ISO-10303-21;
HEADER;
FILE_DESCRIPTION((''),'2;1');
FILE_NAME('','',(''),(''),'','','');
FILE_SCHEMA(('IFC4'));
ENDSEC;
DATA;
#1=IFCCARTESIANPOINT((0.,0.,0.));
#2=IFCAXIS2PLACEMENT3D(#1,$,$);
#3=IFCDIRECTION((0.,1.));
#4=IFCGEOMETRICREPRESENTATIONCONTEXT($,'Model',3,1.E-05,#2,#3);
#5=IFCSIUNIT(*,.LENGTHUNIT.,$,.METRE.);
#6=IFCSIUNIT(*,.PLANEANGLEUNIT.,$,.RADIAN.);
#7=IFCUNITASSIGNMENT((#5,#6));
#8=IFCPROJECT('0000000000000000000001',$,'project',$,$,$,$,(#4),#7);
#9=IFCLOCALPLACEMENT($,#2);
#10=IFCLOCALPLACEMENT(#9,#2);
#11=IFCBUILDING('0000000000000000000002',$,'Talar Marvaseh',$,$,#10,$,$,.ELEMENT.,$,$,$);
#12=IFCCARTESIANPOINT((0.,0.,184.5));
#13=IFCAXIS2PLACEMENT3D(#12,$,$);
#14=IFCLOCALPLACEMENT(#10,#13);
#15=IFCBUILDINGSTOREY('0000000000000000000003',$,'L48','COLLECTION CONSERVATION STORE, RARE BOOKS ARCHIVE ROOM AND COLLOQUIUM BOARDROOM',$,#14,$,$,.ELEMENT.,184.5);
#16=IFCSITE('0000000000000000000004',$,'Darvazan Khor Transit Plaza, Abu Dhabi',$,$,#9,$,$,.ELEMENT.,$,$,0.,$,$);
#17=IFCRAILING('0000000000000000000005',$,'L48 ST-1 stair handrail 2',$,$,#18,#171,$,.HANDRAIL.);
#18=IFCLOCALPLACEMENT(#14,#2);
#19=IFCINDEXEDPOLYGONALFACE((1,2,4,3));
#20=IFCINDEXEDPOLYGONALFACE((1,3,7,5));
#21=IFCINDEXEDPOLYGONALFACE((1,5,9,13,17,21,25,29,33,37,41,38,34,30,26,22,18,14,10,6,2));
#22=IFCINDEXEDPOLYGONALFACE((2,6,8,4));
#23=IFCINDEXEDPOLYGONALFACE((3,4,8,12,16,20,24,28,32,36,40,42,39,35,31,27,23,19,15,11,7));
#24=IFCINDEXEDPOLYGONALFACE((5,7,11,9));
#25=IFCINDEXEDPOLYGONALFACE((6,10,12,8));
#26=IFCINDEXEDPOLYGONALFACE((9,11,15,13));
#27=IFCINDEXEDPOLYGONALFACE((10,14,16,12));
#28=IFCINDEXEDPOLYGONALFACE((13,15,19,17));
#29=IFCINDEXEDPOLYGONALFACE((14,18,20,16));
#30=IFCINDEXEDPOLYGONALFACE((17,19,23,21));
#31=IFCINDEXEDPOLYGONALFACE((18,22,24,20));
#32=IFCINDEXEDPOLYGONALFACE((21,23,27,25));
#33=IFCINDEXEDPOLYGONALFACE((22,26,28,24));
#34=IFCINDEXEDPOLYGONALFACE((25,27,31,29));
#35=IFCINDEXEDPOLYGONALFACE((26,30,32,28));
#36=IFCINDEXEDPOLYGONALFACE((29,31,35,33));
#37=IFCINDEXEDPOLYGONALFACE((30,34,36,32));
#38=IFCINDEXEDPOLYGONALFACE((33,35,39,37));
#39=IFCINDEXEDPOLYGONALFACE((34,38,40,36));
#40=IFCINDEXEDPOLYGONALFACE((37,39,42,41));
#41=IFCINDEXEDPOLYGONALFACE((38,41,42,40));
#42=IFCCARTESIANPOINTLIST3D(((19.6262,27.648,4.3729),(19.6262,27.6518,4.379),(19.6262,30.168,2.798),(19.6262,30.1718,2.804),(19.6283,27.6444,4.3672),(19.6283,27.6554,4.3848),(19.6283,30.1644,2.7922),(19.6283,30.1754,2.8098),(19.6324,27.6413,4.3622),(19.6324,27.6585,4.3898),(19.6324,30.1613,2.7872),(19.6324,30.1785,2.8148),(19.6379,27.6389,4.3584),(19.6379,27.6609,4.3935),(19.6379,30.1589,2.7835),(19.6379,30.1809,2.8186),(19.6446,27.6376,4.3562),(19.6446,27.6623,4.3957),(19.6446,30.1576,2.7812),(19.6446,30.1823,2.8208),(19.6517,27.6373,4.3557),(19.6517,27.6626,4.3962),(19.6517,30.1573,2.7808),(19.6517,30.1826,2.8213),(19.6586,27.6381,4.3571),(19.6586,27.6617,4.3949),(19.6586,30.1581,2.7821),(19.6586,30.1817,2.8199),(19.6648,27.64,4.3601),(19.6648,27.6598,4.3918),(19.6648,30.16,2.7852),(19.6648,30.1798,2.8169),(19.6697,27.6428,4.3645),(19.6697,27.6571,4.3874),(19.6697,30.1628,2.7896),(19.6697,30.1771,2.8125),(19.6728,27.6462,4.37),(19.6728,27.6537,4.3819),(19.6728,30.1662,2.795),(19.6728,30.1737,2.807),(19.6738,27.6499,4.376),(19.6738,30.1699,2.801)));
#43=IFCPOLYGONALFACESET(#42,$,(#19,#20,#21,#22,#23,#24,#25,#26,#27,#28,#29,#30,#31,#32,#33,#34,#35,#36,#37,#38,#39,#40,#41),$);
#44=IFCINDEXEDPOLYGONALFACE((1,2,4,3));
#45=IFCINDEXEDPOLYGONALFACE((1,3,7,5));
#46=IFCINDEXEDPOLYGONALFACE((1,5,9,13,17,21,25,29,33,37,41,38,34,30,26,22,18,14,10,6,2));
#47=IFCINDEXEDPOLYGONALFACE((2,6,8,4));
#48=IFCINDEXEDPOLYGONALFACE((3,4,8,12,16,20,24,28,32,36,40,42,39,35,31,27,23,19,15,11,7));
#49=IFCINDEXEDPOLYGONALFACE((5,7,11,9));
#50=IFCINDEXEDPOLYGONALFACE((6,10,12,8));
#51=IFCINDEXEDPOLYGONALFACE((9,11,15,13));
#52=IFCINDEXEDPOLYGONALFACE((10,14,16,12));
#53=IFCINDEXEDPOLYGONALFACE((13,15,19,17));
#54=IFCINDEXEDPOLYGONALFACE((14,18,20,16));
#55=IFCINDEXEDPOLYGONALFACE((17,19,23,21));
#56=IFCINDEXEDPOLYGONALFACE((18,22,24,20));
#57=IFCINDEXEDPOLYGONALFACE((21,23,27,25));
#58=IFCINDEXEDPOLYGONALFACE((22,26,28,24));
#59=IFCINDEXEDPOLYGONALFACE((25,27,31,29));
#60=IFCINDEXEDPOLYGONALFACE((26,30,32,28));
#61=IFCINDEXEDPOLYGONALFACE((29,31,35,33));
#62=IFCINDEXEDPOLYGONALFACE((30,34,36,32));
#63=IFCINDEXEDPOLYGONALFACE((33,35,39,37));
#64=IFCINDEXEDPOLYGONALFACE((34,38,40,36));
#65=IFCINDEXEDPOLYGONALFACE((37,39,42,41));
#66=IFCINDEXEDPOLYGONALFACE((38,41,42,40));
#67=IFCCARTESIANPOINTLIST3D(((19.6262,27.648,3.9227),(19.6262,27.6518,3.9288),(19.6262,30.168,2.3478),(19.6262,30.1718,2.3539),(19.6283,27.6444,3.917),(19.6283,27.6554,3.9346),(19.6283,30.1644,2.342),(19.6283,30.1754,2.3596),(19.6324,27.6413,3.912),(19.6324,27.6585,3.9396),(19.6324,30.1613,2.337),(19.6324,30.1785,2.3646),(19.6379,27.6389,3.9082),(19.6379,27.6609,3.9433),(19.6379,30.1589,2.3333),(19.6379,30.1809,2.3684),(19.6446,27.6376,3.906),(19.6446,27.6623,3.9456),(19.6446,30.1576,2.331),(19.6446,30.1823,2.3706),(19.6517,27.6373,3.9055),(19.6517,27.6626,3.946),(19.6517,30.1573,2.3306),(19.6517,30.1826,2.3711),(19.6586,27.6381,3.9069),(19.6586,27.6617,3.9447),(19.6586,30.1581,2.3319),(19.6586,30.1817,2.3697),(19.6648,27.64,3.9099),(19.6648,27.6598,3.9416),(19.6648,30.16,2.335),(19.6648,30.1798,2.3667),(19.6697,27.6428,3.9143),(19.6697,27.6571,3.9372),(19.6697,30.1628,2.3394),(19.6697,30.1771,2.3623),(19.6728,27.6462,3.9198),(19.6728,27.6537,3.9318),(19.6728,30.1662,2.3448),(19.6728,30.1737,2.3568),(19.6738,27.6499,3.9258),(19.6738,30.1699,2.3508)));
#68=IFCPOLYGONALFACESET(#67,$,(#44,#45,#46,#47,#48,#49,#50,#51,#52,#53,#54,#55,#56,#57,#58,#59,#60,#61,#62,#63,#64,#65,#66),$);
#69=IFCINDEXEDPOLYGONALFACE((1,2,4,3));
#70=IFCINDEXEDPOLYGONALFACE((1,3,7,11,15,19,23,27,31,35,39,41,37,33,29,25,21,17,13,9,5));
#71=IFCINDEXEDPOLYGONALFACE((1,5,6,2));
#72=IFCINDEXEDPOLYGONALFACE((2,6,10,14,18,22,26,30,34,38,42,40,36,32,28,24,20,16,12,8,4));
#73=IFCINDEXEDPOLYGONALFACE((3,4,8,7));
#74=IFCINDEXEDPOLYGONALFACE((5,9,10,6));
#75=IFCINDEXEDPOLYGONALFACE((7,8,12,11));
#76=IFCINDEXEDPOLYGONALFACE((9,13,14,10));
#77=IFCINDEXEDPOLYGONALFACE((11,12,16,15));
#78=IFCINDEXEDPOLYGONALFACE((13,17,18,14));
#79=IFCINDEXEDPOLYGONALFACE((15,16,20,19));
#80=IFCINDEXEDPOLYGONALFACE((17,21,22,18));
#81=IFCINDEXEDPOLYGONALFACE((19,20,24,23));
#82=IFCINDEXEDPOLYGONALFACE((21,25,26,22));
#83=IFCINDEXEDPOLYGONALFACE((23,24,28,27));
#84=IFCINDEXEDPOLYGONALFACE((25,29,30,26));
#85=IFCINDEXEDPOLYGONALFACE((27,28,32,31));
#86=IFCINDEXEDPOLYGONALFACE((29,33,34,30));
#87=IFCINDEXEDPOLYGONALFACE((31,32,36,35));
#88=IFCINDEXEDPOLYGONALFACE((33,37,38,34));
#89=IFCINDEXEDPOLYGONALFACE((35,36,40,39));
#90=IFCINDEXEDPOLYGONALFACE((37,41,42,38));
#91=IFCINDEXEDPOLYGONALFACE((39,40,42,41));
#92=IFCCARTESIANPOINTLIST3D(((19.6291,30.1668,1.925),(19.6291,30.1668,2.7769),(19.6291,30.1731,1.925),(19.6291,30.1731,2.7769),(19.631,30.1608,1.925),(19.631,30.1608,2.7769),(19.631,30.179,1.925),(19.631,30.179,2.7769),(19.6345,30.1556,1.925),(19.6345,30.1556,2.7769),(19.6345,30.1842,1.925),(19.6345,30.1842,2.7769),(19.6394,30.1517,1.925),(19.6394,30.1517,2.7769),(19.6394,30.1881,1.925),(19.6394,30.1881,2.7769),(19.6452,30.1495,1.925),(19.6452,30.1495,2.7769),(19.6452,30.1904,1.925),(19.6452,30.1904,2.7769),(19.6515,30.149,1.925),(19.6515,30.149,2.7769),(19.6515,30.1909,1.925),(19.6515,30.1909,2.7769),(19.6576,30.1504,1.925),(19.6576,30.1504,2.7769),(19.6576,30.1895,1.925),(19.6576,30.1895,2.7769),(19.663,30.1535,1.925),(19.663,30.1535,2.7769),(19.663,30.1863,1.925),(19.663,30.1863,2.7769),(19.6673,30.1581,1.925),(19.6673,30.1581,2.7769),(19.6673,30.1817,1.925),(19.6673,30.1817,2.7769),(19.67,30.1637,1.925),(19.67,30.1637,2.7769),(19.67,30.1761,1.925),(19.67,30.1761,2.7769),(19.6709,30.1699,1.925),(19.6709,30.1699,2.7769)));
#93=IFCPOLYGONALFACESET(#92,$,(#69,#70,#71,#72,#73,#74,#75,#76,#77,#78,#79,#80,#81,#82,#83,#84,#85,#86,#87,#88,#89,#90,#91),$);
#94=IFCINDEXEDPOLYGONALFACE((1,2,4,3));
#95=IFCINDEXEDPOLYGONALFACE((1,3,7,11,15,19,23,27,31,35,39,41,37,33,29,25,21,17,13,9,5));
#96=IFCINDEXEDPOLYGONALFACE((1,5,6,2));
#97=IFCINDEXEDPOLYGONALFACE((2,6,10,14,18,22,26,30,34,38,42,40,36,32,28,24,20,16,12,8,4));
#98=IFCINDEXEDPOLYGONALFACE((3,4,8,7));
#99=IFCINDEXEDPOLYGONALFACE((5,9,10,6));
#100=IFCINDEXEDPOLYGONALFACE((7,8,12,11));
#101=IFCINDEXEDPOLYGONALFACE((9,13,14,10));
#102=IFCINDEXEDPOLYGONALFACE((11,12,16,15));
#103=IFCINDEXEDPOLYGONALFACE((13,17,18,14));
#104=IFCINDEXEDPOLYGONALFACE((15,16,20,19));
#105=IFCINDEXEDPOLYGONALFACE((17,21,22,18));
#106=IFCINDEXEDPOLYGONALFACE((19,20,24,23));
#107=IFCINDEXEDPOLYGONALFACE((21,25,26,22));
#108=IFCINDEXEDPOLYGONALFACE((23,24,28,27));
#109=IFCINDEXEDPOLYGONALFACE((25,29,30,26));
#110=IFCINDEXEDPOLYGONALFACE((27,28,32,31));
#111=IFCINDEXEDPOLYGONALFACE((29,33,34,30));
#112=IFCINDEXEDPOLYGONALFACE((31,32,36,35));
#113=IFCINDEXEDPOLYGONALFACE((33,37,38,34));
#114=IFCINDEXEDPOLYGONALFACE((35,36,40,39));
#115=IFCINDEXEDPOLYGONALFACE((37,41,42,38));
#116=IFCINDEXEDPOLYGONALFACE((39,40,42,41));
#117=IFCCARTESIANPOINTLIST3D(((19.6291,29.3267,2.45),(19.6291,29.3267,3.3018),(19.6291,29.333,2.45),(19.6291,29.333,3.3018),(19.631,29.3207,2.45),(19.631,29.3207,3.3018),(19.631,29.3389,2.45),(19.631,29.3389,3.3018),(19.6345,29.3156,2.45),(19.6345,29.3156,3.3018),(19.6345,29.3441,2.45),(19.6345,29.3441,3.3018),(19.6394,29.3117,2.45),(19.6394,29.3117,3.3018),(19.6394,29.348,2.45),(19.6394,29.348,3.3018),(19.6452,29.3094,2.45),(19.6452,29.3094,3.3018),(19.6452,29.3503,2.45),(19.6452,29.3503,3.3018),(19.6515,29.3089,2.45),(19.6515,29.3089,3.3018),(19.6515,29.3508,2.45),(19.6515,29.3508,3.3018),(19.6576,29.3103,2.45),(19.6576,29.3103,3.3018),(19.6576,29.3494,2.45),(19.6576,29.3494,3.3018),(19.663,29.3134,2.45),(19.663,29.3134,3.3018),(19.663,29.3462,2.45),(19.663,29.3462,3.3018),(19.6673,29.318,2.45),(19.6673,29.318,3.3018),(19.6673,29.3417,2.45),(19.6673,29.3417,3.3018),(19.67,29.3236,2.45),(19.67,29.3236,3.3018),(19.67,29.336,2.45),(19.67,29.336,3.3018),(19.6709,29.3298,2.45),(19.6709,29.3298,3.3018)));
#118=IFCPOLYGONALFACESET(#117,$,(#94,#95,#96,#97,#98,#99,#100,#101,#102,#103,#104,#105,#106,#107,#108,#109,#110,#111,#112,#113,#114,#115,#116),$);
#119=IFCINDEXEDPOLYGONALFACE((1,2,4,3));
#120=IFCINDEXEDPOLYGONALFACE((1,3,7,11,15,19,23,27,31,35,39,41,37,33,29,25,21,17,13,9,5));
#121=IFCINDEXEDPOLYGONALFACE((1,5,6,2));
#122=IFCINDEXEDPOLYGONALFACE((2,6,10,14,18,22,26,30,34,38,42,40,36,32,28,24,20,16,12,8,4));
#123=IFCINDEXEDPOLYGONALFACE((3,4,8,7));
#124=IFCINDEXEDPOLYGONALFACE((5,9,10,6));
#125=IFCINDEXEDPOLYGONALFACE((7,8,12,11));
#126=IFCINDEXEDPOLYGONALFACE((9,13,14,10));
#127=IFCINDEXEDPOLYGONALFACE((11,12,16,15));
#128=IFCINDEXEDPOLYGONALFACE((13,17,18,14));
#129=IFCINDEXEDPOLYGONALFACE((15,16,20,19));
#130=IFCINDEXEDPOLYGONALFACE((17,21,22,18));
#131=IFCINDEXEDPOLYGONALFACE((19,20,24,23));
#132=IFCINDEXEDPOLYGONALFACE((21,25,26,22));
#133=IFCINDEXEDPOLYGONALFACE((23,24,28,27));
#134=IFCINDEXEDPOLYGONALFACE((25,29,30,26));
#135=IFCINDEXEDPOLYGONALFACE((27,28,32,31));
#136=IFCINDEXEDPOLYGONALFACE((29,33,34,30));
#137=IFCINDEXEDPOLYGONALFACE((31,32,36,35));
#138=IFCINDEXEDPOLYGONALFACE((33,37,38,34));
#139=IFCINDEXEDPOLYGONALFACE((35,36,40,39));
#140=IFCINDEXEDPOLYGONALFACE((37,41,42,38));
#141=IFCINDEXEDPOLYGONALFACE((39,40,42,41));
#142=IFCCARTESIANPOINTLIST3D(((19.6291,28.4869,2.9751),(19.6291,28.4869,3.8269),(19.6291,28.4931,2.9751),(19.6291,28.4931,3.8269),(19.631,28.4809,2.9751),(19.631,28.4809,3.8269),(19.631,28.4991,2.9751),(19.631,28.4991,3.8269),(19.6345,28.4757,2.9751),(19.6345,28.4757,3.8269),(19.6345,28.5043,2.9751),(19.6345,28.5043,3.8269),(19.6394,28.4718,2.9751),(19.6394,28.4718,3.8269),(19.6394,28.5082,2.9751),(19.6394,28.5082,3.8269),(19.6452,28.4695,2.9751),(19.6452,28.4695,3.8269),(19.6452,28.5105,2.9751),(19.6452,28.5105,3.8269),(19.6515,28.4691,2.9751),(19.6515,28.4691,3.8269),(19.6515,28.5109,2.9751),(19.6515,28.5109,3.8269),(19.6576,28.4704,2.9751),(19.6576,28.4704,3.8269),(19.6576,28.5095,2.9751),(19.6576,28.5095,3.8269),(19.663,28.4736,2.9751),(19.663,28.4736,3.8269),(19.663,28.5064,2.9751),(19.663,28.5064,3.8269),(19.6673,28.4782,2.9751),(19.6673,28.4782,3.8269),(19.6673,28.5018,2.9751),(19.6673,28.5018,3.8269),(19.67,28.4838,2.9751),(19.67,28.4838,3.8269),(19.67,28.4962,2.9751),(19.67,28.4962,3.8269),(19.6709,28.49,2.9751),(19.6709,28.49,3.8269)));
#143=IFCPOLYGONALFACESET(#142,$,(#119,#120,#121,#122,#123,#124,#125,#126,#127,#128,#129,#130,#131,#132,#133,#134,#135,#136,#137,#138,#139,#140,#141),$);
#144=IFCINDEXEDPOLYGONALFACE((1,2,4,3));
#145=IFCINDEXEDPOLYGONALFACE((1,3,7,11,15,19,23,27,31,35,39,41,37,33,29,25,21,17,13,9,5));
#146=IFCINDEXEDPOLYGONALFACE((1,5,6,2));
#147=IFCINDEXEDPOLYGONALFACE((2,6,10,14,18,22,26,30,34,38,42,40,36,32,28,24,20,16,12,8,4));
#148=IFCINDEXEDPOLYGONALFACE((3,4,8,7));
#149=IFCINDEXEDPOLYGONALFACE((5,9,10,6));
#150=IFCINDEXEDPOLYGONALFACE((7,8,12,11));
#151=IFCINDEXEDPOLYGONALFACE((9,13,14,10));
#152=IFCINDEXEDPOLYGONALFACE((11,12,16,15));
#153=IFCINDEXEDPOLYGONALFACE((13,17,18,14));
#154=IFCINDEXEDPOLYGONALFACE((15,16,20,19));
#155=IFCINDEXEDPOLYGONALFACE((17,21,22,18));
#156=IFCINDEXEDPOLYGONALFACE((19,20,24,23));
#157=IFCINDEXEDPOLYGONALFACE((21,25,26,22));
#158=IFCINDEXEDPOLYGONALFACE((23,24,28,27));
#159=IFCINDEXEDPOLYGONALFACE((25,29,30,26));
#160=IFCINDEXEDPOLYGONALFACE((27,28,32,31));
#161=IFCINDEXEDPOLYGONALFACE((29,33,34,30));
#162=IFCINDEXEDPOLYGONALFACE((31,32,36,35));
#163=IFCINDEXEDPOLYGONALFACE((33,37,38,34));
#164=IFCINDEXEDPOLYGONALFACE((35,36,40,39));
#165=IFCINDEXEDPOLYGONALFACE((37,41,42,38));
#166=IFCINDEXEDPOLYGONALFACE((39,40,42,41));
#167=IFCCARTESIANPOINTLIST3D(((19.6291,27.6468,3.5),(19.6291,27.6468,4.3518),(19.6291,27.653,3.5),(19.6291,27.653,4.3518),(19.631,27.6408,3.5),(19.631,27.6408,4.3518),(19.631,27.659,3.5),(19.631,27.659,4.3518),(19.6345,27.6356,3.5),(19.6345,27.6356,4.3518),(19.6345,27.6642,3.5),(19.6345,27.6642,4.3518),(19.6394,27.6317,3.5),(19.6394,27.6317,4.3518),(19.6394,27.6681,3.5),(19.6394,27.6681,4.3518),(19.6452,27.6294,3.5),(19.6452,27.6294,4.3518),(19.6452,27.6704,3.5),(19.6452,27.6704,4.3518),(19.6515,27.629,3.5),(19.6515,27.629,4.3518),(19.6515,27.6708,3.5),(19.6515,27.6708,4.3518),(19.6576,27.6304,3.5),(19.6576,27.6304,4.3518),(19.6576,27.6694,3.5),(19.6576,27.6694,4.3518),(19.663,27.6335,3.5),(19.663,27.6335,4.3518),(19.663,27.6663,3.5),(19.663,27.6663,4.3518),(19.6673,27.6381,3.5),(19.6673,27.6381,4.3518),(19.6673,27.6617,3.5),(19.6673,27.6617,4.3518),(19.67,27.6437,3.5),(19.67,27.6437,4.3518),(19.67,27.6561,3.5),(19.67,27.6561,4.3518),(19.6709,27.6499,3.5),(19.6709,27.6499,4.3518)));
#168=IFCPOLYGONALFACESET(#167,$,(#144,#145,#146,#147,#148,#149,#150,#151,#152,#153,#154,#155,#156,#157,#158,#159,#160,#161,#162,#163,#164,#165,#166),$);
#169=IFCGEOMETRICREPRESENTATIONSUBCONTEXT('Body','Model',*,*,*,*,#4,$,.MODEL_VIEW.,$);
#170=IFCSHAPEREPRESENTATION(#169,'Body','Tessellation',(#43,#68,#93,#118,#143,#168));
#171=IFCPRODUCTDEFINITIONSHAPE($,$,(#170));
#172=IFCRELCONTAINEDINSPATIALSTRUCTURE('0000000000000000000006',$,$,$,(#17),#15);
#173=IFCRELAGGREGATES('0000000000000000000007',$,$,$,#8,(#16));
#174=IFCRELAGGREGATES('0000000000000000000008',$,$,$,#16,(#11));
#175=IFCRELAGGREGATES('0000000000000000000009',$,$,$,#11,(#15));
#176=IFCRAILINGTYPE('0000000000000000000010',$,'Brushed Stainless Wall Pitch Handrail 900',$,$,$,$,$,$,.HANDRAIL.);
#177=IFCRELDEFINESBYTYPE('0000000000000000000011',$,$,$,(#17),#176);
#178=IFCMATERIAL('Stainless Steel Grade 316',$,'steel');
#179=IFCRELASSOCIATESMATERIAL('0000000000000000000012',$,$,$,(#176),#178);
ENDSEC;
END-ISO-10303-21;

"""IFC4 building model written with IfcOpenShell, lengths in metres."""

from ifc_helpers import new_model, si_unit, direction, frame, origin, origin_2d, place, context, subcontext, project, spatial, circle, extrude, material, type_object, element, save


model = new_model("IFC4")

# Units and contexts
model_context = context("Model", 3, precision=1e-05, world=origin(), true_north=direction((0.0, 1.0)))
body_context = subcontext(model_context, "Body", "Model", "MODEL_VIEW")
ifc_project = project(units=[si_unit("LENGTHUNIT", "METRE"), si_unit("PLANEANGLEUNIT", "RADIAN")], contexts=[model_context])

# Site, building, storey
site_placement = place(None, origin())
site = spatial("IfcSite", under=ifc_project, at=site_placement, Name="Darvazan Khor Transit Plaza, Abu Dhabi", CompositionType="ELEMENT", RefElevation=0.0)
building_placement = place(site_placement, origin())
building = spatial("IfcBuilding", under=site, at=building_placement, Name="Talar Marvaseh", CompositionType="ELEMENT")
storey_placement = place(building_placement, frame((0.0, 0.0, 184.5)))
storey = spatial("IfcBuildingStorey", under=building, at=storey_placement, Name="L48", Description="COLLECTION CONSERVATION STORE, RARE BOOKS ARCHIVE ROOM AND COLLOQUIUM BOARDROOM", CompositionType="ELEMENT", Elevation=184.5)

# Railing
ifc_material_1 = material(Name="Stainless Steel Grade 316", Category="steel")
railing_type_1 = type_object("IfcRailingType", Name="Brushed Stainless Wall Pitch Handrail 900", PredefinedType="HANDRAIL", material=ifc_material_1)
railing_1_placement = place(storey_placement, frame((19.6499, 30.1699, 1.925)))
element("IfcRailing", 1, at=railing_1_placement, inside=storey, type_object=railing_type_1, Name="L48 ST-1 stair handrail 2", PredefinedType="HANDRAIL", context=body_context, shape_type="SweptSolid", body=[
    extrude(circle(Radius=0.0239, at=origin_2d()), frame((0.0, 0.0, 0.876), z_axis=(0.0, -0.848008, 0.529984), x_axis=(1.0, 0.0, 0.0)), (0.0, 0.0, 1.0), 2.9717),
    extrude(circle(Radius=0.0239, at=origin_2d()), frame((0.0, 0.0, 0.4258), z_axis=(0.0, -0.848008, 0.529984), x_axis=(1.0, 0.0, 0.0)), (0.0, 0.0, 1.0), 2.9717),
    extrude(circle(Radius=0.021, at=origin_2d()), origin(), (0.0, 0.0, 1.0), 0.8518),
    extrude(circle(Radius=0.021, at=origin_2d()), frame((0.0, -0.8401, 0.5249)), (0.0, 0.0, 1.0), 0.8518),
    extrude(circle(Radius=0.021, at=origin_2d()), frame((0.0, -1.6799, 1.05)), (0.0, 0.0, 1.0), 0.8518),
    extrude(circle(Radius=0.021, at=origin_2d()), frame((0.0, -2.52, 1.575)), (0.0, 0.0, 1.0), 0.8518),
])

save(model, "model.ifc")
